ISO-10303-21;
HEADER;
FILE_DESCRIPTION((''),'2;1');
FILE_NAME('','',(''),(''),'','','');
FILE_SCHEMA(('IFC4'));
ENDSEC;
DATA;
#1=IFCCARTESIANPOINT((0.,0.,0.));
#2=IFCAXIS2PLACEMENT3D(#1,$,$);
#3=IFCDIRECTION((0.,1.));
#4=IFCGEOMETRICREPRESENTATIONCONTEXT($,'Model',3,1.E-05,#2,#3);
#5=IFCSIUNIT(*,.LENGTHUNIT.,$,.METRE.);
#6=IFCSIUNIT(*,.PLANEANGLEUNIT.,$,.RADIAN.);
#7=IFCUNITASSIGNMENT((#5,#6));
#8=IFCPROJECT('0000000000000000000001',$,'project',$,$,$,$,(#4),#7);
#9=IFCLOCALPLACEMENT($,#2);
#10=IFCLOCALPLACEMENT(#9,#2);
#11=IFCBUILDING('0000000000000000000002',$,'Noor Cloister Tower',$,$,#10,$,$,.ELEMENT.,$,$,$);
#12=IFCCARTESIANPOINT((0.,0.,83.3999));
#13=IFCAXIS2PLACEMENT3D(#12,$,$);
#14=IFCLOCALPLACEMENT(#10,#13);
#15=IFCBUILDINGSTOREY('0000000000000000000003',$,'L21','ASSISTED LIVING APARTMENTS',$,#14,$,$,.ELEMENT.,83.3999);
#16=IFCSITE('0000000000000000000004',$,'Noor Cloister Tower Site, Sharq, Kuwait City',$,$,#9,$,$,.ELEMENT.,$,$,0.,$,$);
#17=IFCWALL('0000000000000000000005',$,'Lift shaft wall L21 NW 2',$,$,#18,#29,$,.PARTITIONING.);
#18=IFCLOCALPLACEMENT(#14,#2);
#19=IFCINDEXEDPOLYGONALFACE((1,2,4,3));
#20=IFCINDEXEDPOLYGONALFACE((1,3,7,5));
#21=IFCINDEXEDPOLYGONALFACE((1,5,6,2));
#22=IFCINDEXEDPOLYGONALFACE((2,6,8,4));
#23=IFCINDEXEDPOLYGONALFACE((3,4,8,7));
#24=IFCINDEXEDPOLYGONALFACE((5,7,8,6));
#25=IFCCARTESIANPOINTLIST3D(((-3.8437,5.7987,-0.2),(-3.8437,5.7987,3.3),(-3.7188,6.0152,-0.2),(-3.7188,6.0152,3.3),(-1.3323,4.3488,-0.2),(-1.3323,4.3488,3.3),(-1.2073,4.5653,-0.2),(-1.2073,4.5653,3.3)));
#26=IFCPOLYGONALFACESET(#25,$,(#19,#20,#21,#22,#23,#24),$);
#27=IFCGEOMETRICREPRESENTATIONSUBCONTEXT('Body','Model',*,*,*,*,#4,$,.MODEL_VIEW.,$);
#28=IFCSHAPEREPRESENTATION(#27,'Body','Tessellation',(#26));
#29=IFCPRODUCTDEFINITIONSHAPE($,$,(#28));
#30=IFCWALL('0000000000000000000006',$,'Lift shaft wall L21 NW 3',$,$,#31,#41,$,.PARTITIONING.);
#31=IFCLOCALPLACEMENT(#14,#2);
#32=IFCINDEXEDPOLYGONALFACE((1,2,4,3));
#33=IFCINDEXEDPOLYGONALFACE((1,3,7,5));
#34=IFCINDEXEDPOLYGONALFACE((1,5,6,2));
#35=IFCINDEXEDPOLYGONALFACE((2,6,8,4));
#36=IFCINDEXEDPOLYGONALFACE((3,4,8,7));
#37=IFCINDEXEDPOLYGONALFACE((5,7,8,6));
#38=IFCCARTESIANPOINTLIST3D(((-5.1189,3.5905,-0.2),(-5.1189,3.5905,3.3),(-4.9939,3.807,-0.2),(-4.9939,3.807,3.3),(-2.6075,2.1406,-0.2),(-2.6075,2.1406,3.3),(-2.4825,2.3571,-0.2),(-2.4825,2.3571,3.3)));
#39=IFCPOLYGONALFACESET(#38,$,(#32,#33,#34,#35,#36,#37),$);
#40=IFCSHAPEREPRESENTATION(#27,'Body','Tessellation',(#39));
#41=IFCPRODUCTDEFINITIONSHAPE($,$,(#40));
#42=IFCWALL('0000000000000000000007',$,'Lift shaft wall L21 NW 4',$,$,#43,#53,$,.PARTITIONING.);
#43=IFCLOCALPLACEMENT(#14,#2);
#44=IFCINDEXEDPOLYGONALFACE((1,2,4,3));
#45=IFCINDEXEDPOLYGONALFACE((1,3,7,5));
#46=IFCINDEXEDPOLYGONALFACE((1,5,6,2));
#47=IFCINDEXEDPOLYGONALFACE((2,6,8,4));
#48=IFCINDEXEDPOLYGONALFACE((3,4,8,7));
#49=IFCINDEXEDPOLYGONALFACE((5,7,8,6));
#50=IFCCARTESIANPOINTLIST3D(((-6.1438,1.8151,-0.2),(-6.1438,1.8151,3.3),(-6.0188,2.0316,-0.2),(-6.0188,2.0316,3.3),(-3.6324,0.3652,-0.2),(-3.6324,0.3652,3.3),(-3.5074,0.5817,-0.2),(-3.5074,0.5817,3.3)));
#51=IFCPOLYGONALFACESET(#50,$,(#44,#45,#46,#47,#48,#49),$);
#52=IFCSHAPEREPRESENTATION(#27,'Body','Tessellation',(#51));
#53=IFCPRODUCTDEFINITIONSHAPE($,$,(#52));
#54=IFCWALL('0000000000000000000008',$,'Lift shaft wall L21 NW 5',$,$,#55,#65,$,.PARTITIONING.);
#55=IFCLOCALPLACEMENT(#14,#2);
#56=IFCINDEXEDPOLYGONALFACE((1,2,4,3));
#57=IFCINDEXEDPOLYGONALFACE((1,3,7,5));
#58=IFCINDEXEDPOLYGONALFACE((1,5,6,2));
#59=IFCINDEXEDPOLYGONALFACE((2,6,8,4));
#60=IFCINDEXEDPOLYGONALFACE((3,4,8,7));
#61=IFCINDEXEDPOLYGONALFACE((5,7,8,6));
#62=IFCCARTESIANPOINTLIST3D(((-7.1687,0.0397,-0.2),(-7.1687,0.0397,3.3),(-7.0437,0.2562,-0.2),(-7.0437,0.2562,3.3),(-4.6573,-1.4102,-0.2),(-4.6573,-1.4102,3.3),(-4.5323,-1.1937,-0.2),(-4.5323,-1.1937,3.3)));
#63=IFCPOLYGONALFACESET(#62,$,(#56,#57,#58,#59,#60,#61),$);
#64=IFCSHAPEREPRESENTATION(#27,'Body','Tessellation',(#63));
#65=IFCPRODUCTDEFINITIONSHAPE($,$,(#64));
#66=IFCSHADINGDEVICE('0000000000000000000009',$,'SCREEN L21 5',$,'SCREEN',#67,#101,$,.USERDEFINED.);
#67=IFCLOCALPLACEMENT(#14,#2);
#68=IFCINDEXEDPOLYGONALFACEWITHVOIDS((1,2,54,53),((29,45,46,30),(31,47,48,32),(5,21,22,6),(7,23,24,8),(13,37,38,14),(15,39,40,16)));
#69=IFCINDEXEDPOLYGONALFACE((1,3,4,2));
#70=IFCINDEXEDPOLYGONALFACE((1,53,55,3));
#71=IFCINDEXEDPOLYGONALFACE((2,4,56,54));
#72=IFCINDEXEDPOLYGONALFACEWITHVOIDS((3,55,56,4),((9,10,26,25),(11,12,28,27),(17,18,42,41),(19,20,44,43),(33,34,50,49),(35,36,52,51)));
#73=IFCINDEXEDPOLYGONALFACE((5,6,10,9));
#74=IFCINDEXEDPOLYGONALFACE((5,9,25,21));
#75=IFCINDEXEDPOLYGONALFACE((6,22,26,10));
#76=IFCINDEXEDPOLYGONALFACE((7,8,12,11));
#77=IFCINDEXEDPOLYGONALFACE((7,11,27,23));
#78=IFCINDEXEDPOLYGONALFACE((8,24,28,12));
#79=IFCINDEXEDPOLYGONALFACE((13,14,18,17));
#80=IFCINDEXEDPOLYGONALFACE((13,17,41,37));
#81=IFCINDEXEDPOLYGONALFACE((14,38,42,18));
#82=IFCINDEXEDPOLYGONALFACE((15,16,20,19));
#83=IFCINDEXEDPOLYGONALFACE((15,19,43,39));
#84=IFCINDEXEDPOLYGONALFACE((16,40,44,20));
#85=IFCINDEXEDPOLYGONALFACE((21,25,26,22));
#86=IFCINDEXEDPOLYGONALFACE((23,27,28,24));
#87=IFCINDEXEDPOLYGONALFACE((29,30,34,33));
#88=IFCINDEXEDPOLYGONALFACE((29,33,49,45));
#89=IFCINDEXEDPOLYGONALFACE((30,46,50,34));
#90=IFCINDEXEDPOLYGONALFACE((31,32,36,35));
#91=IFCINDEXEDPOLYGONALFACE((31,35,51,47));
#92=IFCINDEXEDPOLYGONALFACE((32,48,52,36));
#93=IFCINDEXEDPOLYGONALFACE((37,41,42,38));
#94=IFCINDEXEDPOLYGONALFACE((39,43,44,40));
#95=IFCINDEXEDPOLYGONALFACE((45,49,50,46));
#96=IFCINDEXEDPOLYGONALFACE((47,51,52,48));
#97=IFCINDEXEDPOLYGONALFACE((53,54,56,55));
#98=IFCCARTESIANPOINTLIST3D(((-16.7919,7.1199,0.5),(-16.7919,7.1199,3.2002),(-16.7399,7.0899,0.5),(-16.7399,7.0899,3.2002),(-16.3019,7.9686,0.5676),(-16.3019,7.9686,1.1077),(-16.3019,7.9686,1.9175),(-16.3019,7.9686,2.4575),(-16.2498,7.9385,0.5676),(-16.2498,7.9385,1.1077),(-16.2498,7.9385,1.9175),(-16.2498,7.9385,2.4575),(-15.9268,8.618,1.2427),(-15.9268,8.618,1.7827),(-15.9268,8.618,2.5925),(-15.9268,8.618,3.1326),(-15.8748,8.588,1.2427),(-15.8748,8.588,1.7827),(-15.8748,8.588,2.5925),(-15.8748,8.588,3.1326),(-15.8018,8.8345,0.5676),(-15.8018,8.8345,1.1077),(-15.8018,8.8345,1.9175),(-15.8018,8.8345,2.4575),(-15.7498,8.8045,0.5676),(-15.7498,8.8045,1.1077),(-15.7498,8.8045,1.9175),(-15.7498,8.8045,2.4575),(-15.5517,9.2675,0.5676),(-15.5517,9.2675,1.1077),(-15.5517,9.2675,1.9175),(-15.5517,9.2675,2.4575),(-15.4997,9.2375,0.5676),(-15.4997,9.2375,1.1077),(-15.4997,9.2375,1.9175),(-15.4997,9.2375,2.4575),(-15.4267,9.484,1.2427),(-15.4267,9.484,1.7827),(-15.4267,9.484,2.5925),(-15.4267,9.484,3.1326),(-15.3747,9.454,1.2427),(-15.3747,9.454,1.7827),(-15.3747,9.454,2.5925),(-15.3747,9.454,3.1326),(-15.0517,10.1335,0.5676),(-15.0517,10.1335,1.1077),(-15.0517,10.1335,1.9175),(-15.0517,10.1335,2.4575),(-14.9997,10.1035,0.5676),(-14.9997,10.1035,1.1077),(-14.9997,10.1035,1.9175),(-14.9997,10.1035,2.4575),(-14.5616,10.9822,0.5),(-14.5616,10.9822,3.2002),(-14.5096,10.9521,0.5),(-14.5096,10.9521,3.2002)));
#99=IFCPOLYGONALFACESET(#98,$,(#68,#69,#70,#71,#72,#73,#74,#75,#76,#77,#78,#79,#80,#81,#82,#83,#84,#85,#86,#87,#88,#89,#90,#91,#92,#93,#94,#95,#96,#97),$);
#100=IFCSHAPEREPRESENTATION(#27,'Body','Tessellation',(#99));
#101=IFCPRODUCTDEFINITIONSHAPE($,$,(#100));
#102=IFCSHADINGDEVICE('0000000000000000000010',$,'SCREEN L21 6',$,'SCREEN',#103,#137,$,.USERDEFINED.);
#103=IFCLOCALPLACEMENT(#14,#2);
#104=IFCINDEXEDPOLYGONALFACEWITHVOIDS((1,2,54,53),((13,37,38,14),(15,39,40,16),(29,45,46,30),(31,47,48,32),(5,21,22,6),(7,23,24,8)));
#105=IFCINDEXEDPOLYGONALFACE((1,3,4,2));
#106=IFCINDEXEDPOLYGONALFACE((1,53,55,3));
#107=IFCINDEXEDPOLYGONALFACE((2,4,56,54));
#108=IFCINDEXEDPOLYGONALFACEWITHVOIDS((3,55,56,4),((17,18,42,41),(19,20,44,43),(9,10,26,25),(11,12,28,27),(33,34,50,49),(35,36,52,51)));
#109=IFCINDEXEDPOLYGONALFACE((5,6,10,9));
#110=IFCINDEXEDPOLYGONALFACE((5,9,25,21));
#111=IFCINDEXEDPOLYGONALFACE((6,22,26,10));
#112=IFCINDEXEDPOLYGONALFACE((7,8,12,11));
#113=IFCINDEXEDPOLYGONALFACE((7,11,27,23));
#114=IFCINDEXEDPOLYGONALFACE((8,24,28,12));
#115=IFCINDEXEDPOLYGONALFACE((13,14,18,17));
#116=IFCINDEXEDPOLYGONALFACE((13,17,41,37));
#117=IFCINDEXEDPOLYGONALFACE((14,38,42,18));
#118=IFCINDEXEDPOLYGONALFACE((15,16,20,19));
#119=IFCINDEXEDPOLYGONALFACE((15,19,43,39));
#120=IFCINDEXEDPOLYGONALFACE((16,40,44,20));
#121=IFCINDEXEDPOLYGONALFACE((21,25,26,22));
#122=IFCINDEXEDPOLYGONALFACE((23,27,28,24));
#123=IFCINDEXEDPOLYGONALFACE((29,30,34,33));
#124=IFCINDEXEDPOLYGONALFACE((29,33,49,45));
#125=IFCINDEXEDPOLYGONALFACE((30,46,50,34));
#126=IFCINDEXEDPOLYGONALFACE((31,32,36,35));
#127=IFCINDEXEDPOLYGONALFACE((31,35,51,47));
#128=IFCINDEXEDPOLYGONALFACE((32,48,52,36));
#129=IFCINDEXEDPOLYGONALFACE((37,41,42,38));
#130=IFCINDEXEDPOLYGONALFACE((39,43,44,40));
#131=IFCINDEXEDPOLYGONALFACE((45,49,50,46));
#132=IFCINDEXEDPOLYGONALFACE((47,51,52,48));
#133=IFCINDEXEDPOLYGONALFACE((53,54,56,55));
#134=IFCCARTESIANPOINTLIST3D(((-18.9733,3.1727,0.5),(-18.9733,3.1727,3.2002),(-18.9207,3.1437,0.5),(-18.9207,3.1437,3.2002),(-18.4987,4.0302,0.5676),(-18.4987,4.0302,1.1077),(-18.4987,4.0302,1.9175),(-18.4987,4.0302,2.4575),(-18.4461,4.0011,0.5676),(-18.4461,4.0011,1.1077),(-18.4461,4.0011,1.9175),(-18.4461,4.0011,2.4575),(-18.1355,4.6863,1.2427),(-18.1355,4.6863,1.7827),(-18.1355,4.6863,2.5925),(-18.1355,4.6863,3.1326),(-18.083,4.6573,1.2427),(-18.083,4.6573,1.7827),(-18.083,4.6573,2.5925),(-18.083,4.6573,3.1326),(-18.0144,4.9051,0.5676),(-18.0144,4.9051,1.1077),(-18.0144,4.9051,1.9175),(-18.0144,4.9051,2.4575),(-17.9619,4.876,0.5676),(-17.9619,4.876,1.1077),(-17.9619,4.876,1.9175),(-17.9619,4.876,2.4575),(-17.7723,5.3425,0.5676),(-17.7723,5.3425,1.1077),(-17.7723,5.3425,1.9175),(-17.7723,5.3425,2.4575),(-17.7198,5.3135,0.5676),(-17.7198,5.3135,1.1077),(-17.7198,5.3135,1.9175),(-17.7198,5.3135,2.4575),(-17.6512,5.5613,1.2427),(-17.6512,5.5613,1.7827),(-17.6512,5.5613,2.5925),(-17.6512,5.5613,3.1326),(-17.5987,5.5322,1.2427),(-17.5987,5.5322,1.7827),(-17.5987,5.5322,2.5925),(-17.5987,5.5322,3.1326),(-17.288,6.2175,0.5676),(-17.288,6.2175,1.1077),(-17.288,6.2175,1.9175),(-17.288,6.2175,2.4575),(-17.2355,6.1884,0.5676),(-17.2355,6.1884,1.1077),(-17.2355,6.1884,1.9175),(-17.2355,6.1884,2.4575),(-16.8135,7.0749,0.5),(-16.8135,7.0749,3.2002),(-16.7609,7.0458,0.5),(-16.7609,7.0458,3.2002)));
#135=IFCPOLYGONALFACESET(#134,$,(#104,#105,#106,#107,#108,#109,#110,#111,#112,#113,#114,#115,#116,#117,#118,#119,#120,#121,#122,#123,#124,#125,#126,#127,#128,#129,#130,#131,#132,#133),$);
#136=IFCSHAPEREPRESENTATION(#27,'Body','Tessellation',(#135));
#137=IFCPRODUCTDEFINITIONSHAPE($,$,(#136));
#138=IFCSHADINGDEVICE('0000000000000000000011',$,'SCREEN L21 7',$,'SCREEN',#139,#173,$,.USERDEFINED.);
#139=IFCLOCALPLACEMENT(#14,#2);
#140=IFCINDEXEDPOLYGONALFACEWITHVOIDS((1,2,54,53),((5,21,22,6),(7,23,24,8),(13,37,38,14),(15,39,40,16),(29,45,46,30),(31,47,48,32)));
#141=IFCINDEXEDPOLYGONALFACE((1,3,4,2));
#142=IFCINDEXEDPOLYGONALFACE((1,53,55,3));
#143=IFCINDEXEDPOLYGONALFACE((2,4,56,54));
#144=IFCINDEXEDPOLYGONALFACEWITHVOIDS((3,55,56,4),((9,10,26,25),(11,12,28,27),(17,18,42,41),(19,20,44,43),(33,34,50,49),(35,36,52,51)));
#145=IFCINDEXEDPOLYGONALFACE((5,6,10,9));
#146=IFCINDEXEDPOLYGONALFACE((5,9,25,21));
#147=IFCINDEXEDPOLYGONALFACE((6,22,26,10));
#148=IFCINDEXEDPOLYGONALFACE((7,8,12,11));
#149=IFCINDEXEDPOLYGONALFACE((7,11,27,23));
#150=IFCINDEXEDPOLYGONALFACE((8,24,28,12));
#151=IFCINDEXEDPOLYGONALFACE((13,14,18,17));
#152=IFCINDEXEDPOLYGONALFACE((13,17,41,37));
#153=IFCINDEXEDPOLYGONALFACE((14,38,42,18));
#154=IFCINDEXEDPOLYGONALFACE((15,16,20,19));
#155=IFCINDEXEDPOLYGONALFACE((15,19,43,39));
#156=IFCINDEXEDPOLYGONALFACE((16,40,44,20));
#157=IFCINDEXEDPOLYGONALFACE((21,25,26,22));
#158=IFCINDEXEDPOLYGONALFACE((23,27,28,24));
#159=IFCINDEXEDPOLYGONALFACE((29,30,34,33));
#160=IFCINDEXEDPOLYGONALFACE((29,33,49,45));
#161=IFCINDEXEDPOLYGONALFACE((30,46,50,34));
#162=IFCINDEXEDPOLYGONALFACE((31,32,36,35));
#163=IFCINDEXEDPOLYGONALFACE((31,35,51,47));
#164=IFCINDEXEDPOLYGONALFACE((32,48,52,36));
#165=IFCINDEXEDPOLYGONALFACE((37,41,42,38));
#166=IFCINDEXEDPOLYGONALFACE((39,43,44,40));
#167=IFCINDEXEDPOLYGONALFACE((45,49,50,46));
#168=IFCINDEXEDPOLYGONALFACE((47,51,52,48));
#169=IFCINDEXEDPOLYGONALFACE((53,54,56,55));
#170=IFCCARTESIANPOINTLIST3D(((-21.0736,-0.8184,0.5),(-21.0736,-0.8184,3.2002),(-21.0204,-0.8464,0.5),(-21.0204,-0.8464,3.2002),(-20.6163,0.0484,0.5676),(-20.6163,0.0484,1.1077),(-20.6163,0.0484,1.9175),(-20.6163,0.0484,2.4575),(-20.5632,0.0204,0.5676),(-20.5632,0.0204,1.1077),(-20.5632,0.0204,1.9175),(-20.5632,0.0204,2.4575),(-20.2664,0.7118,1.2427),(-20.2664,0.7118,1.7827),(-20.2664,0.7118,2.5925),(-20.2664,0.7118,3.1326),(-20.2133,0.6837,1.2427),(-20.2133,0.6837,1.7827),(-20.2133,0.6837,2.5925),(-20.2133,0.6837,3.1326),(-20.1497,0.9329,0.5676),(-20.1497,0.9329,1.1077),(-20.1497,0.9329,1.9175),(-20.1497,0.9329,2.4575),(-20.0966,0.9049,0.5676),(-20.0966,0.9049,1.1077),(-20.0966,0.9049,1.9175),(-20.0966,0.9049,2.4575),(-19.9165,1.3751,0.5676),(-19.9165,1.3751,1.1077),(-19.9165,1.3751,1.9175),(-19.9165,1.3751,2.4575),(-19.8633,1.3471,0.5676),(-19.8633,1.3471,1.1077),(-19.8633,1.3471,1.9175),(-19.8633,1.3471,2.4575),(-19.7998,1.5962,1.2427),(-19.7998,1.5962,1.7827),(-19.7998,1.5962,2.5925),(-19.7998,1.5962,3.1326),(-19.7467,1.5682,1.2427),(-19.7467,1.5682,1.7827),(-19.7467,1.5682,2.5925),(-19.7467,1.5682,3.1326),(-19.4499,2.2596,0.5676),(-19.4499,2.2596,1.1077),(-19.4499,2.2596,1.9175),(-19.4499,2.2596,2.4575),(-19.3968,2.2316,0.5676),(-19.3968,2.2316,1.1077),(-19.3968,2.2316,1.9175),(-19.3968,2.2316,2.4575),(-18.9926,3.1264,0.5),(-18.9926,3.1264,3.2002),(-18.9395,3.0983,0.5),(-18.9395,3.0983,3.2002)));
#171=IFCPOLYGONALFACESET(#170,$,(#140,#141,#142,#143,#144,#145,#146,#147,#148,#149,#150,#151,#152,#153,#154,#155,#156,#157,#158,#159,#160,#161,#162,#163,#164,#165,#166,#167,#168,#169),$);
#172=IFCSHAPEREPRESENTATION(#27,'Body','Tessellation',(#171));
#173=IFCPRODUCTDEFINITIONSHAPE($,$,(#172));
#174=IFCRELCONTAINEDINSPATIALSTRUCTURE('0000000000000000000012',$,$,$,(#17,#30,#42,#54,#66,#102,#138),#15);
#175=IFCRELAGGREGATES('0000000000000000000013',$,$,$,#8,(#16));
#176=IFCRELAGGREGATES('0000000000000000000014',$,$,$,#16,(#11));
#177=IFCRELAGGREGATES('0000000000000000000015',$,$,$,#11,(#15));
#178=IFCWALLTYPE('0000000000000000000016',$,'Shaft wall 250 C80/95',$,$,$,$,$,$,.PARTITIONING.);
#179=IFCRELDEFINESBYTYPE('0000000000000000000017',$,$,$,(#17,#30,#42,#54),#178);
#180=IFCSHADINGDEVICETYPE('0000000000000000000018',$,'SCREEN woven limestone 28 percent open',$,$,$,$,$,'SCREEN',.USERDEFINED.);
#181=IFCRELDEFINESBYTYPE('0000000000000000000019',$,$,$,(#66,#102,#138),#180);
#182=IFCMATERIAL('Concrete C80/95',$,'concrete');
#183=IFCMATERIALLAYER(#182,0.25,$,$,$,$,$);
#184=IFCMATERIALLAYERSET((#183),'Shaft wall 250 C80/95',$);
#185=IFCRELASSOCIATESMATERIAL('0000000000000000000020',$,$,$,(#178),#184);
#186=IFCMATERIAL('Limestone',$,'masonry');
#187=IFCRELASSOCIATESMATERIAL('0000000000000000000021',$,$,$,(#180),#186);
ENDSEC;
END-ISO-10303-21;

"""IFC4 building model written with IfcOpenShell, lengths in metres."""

from ifc_helpers import new_model, si_unit, direction, frame, frame_2d, origin, place, context, subcontext, project, spatial, polyline, rectangle, outline, extrude, material, layer, layer_set, material_profile, profile_set, type_object, element, save


model = new_model("IFC4")

# Units and contexts
model_context = context("Model", 3, precision=1e-05, world=origin(), true_north=direction((0.0, 1.0)))
body_context = subcontext(model_context, "Body", "Model", "MODEL_VIEW")
ifc_project = project(units=[si_unit("LENGTHUNIT", "METRE"), si_unit("PLANEANGLEUNIT", "RADIAN")], contexts=[model_context])

# Site, building, storey
site_placement = place(None, origin())
site = spatial("IfcSite", under=ifc_project, at=site_placement, Name="Noor Cloister Tower Site, Sharq, Kuwait City", CompositionType="ELEMENT", RefElevation=0.0)
building_placement = place(site_placement, origin())
building = spatial("IfcBuilding", under=site, at=building_placement, Name="Noor Cloister Tower", CompositionType="ELEMENT")
storey_placement = place(building_placement, frame((0.0, 0.0, 83.3999)))
storey = spatial("IfcBuildingStorey", under=building, at=storey_placement, Name="L21", Description="ASSISTED LIVING APARTMENTS", CompositionType="ELEMENT", Elevation=83.3999)

# Walls
ifc_material_1 = material(Name="Concrete C80/95", Category="concrete")
ifc_layer_1 = layer(ifc_material_1, 0.25)
ifc_layer_set_1 = layer_set([ifc_layer_1], Name="Shaft wall 250 C80/95")
wall_type_1 = type_object("IfcWallType", Name="Shaft wall 250 C80/95", PredefinedType="PARTITIONING", material=ifc_layer_set_1)
for number, where, z_axis, x_axis, name in (
    (1, (-3.7812, 5.907, -0.2), (0.0, 0.0, 1.0), (0.866033, -0.499987, 0.0), "Lift shaft wall L21 NW 2"),
    (2, (-5.0564, 3.6987, -0.2), (0.0, 0.0, 1.0), (0.866033, -0.499987, 0.0), "Lift shaft wall L21 NW 3"),
    (3, (-6.0813, 1.9233, -0.2), (0.0, 0.0, 1.0), (0.866033, -0.499987, 0.0), "Lift shaft wall L21 NW 4"),
    (4, (-7.1062, 0.1479, -0.2), (0.0, 0.0, 1.0), (0.866033, -0.499987, 0.0), "Lift shaft wall L21 NW 5"),
):
    element("IfcWall", number, at=place(storey_placement, frame(where, z_axis=z_axis, x_axis=x_axis)), inside=storey, type_object=wall_type_1, Name=name, PredefinedType="PARTITIONING", context=body_context, shape_type="SweptSolid", body=[
        extrude(rectangle(XDim=2.8999, YDim=0.25, at=frame_2d((1.45, 0.0))), origin(), (0.0, 0.0, 1.0), 3.5),
    ])

# Shading devices
ifc_material_2 = material(Name="Limestone", Category="masonry")
ifc_material_profile_1 = material_profile(ifc_material_2, outline(polyline([(-2.23, -1.3501), (2.23, -1.3501), (2.23, 1.3501), (-2.23, 1.3501), (-2.23, -1.3501)]), holes=[polyline([(-1.25, -1.2825), (-0.25, -1.2825), (-0.25, -0.7424), (-1.25, -0.7424), (-1.25, -1.2825)]), polyline([(0.25, -1.2825), (1.25, -1.2825), (1.25, -0.7424), (0.25, -0.7424), (0.25, -1.2825)]), polyline([(-0.5, -0.6074), (0.5, -0.6074), (0.5, -0.0674), (-0.5, -0.0674), (-0.5, -0.6074)]), polyline([(-1.25, 0.0674), (-0.25, 0.0674), (-0.25, 0.6074), (-1.25, 0.6074), (-1.25, 0.0674)]), polyline([(0.25, 0.0674), (1.25, 0.0674), (1.25, 0.6074), (0.25, 0.6074), (0.25, 0.0674)]), polyline([(-0.5, 0.7424), (0.5, 0.7424), (0.5, 1.2825), (-0.5, 1.2825), (-0.5, 0.7424)])]), Name="Woven screen 28 percent open")
ifc_profile_set_1 = profile_set([ifc_material_profile_1], Name="Limestone")
shading_device_type = type_object("IfcShadingDeviceType", Name="SCREEN woven limestone 28 percent open", ElementType="SCREEN", PredefinedType="USERDEFINED", material=ifc_profile_set_1)
for number, where, z_axis, x_axis, name in (
    (5, (-15.6248, 9.021, 1.8501), (-0.865982, 0.500074, 0.0), (-0.500074, -0.865982, 0.0), "SCREEN L21 5"),
    (6, (-17.8408, 5.0947, 1.8501), (-0.874924, 0.48426, 0.0), (-0.48426, -0.874924, 0.0), "SCREEN L21 6"),
    (7, (-19.98, 1.126, 1.8501), (-0.884478, 0.466582, 0.0), (-0.466582, -0.884478, 0.0), "SCREEN L21 7"),
):
    element("IfcShadingDevice", number, at=place(storey_placement, frame(where, z_axis=z_axis, x_axis=x_axis)), inside=storey, type_object=shading_device_type, Name=name, ObjectType="SCREEN", PredefinedType="USERDEFINED", context=body_context, shape_type="SweptSolid", body=[
        extrude(outline(polyline([(-2.23, -1.3501), (2.23, -1.3501), (2.23, 1.3501), (-2.23, 1.3501), (-2.23, -1.3501)]), holes=[polyline([(-1.25, -1.2825), (-0.25, -1.2825), (-0.25, -0.7424), (-1.25, -0.7424), (-1.25, -1.2825)]), polyline([(0.25, -1.2825), (1.25, -1.2825), (1.25, -0.7424), (0.25, -0.7424), (0.25, -1.2825)]), polyline([(-0.5, -0.6074), (0.5, -0.6074), (0.5, -0.0674), (-0.5, -0.0674), (-0.5, -0.6074)]), polyline([(-1.25, 0.0674), (-0.25, 0.0674), (-0.25, 0.6074), (-1.25, 0.6074), (-1.25, 0.0674)]), polyline([(0.25, 0.0674), (1.25, 0.0674), (1.25, 0.6074), (0.25, 0.6074), (0.25, 0.0674)]), polyline([(-0.5, 0.7424), (0.5, 0.7424), (0.5, 1.2825), (-0.5, 1.2825), (-0.5, 0.7424)])]), origin(), (0.0, 0.0, 1.0), 0.0601),
    ])

save(model, "model.ifc")
